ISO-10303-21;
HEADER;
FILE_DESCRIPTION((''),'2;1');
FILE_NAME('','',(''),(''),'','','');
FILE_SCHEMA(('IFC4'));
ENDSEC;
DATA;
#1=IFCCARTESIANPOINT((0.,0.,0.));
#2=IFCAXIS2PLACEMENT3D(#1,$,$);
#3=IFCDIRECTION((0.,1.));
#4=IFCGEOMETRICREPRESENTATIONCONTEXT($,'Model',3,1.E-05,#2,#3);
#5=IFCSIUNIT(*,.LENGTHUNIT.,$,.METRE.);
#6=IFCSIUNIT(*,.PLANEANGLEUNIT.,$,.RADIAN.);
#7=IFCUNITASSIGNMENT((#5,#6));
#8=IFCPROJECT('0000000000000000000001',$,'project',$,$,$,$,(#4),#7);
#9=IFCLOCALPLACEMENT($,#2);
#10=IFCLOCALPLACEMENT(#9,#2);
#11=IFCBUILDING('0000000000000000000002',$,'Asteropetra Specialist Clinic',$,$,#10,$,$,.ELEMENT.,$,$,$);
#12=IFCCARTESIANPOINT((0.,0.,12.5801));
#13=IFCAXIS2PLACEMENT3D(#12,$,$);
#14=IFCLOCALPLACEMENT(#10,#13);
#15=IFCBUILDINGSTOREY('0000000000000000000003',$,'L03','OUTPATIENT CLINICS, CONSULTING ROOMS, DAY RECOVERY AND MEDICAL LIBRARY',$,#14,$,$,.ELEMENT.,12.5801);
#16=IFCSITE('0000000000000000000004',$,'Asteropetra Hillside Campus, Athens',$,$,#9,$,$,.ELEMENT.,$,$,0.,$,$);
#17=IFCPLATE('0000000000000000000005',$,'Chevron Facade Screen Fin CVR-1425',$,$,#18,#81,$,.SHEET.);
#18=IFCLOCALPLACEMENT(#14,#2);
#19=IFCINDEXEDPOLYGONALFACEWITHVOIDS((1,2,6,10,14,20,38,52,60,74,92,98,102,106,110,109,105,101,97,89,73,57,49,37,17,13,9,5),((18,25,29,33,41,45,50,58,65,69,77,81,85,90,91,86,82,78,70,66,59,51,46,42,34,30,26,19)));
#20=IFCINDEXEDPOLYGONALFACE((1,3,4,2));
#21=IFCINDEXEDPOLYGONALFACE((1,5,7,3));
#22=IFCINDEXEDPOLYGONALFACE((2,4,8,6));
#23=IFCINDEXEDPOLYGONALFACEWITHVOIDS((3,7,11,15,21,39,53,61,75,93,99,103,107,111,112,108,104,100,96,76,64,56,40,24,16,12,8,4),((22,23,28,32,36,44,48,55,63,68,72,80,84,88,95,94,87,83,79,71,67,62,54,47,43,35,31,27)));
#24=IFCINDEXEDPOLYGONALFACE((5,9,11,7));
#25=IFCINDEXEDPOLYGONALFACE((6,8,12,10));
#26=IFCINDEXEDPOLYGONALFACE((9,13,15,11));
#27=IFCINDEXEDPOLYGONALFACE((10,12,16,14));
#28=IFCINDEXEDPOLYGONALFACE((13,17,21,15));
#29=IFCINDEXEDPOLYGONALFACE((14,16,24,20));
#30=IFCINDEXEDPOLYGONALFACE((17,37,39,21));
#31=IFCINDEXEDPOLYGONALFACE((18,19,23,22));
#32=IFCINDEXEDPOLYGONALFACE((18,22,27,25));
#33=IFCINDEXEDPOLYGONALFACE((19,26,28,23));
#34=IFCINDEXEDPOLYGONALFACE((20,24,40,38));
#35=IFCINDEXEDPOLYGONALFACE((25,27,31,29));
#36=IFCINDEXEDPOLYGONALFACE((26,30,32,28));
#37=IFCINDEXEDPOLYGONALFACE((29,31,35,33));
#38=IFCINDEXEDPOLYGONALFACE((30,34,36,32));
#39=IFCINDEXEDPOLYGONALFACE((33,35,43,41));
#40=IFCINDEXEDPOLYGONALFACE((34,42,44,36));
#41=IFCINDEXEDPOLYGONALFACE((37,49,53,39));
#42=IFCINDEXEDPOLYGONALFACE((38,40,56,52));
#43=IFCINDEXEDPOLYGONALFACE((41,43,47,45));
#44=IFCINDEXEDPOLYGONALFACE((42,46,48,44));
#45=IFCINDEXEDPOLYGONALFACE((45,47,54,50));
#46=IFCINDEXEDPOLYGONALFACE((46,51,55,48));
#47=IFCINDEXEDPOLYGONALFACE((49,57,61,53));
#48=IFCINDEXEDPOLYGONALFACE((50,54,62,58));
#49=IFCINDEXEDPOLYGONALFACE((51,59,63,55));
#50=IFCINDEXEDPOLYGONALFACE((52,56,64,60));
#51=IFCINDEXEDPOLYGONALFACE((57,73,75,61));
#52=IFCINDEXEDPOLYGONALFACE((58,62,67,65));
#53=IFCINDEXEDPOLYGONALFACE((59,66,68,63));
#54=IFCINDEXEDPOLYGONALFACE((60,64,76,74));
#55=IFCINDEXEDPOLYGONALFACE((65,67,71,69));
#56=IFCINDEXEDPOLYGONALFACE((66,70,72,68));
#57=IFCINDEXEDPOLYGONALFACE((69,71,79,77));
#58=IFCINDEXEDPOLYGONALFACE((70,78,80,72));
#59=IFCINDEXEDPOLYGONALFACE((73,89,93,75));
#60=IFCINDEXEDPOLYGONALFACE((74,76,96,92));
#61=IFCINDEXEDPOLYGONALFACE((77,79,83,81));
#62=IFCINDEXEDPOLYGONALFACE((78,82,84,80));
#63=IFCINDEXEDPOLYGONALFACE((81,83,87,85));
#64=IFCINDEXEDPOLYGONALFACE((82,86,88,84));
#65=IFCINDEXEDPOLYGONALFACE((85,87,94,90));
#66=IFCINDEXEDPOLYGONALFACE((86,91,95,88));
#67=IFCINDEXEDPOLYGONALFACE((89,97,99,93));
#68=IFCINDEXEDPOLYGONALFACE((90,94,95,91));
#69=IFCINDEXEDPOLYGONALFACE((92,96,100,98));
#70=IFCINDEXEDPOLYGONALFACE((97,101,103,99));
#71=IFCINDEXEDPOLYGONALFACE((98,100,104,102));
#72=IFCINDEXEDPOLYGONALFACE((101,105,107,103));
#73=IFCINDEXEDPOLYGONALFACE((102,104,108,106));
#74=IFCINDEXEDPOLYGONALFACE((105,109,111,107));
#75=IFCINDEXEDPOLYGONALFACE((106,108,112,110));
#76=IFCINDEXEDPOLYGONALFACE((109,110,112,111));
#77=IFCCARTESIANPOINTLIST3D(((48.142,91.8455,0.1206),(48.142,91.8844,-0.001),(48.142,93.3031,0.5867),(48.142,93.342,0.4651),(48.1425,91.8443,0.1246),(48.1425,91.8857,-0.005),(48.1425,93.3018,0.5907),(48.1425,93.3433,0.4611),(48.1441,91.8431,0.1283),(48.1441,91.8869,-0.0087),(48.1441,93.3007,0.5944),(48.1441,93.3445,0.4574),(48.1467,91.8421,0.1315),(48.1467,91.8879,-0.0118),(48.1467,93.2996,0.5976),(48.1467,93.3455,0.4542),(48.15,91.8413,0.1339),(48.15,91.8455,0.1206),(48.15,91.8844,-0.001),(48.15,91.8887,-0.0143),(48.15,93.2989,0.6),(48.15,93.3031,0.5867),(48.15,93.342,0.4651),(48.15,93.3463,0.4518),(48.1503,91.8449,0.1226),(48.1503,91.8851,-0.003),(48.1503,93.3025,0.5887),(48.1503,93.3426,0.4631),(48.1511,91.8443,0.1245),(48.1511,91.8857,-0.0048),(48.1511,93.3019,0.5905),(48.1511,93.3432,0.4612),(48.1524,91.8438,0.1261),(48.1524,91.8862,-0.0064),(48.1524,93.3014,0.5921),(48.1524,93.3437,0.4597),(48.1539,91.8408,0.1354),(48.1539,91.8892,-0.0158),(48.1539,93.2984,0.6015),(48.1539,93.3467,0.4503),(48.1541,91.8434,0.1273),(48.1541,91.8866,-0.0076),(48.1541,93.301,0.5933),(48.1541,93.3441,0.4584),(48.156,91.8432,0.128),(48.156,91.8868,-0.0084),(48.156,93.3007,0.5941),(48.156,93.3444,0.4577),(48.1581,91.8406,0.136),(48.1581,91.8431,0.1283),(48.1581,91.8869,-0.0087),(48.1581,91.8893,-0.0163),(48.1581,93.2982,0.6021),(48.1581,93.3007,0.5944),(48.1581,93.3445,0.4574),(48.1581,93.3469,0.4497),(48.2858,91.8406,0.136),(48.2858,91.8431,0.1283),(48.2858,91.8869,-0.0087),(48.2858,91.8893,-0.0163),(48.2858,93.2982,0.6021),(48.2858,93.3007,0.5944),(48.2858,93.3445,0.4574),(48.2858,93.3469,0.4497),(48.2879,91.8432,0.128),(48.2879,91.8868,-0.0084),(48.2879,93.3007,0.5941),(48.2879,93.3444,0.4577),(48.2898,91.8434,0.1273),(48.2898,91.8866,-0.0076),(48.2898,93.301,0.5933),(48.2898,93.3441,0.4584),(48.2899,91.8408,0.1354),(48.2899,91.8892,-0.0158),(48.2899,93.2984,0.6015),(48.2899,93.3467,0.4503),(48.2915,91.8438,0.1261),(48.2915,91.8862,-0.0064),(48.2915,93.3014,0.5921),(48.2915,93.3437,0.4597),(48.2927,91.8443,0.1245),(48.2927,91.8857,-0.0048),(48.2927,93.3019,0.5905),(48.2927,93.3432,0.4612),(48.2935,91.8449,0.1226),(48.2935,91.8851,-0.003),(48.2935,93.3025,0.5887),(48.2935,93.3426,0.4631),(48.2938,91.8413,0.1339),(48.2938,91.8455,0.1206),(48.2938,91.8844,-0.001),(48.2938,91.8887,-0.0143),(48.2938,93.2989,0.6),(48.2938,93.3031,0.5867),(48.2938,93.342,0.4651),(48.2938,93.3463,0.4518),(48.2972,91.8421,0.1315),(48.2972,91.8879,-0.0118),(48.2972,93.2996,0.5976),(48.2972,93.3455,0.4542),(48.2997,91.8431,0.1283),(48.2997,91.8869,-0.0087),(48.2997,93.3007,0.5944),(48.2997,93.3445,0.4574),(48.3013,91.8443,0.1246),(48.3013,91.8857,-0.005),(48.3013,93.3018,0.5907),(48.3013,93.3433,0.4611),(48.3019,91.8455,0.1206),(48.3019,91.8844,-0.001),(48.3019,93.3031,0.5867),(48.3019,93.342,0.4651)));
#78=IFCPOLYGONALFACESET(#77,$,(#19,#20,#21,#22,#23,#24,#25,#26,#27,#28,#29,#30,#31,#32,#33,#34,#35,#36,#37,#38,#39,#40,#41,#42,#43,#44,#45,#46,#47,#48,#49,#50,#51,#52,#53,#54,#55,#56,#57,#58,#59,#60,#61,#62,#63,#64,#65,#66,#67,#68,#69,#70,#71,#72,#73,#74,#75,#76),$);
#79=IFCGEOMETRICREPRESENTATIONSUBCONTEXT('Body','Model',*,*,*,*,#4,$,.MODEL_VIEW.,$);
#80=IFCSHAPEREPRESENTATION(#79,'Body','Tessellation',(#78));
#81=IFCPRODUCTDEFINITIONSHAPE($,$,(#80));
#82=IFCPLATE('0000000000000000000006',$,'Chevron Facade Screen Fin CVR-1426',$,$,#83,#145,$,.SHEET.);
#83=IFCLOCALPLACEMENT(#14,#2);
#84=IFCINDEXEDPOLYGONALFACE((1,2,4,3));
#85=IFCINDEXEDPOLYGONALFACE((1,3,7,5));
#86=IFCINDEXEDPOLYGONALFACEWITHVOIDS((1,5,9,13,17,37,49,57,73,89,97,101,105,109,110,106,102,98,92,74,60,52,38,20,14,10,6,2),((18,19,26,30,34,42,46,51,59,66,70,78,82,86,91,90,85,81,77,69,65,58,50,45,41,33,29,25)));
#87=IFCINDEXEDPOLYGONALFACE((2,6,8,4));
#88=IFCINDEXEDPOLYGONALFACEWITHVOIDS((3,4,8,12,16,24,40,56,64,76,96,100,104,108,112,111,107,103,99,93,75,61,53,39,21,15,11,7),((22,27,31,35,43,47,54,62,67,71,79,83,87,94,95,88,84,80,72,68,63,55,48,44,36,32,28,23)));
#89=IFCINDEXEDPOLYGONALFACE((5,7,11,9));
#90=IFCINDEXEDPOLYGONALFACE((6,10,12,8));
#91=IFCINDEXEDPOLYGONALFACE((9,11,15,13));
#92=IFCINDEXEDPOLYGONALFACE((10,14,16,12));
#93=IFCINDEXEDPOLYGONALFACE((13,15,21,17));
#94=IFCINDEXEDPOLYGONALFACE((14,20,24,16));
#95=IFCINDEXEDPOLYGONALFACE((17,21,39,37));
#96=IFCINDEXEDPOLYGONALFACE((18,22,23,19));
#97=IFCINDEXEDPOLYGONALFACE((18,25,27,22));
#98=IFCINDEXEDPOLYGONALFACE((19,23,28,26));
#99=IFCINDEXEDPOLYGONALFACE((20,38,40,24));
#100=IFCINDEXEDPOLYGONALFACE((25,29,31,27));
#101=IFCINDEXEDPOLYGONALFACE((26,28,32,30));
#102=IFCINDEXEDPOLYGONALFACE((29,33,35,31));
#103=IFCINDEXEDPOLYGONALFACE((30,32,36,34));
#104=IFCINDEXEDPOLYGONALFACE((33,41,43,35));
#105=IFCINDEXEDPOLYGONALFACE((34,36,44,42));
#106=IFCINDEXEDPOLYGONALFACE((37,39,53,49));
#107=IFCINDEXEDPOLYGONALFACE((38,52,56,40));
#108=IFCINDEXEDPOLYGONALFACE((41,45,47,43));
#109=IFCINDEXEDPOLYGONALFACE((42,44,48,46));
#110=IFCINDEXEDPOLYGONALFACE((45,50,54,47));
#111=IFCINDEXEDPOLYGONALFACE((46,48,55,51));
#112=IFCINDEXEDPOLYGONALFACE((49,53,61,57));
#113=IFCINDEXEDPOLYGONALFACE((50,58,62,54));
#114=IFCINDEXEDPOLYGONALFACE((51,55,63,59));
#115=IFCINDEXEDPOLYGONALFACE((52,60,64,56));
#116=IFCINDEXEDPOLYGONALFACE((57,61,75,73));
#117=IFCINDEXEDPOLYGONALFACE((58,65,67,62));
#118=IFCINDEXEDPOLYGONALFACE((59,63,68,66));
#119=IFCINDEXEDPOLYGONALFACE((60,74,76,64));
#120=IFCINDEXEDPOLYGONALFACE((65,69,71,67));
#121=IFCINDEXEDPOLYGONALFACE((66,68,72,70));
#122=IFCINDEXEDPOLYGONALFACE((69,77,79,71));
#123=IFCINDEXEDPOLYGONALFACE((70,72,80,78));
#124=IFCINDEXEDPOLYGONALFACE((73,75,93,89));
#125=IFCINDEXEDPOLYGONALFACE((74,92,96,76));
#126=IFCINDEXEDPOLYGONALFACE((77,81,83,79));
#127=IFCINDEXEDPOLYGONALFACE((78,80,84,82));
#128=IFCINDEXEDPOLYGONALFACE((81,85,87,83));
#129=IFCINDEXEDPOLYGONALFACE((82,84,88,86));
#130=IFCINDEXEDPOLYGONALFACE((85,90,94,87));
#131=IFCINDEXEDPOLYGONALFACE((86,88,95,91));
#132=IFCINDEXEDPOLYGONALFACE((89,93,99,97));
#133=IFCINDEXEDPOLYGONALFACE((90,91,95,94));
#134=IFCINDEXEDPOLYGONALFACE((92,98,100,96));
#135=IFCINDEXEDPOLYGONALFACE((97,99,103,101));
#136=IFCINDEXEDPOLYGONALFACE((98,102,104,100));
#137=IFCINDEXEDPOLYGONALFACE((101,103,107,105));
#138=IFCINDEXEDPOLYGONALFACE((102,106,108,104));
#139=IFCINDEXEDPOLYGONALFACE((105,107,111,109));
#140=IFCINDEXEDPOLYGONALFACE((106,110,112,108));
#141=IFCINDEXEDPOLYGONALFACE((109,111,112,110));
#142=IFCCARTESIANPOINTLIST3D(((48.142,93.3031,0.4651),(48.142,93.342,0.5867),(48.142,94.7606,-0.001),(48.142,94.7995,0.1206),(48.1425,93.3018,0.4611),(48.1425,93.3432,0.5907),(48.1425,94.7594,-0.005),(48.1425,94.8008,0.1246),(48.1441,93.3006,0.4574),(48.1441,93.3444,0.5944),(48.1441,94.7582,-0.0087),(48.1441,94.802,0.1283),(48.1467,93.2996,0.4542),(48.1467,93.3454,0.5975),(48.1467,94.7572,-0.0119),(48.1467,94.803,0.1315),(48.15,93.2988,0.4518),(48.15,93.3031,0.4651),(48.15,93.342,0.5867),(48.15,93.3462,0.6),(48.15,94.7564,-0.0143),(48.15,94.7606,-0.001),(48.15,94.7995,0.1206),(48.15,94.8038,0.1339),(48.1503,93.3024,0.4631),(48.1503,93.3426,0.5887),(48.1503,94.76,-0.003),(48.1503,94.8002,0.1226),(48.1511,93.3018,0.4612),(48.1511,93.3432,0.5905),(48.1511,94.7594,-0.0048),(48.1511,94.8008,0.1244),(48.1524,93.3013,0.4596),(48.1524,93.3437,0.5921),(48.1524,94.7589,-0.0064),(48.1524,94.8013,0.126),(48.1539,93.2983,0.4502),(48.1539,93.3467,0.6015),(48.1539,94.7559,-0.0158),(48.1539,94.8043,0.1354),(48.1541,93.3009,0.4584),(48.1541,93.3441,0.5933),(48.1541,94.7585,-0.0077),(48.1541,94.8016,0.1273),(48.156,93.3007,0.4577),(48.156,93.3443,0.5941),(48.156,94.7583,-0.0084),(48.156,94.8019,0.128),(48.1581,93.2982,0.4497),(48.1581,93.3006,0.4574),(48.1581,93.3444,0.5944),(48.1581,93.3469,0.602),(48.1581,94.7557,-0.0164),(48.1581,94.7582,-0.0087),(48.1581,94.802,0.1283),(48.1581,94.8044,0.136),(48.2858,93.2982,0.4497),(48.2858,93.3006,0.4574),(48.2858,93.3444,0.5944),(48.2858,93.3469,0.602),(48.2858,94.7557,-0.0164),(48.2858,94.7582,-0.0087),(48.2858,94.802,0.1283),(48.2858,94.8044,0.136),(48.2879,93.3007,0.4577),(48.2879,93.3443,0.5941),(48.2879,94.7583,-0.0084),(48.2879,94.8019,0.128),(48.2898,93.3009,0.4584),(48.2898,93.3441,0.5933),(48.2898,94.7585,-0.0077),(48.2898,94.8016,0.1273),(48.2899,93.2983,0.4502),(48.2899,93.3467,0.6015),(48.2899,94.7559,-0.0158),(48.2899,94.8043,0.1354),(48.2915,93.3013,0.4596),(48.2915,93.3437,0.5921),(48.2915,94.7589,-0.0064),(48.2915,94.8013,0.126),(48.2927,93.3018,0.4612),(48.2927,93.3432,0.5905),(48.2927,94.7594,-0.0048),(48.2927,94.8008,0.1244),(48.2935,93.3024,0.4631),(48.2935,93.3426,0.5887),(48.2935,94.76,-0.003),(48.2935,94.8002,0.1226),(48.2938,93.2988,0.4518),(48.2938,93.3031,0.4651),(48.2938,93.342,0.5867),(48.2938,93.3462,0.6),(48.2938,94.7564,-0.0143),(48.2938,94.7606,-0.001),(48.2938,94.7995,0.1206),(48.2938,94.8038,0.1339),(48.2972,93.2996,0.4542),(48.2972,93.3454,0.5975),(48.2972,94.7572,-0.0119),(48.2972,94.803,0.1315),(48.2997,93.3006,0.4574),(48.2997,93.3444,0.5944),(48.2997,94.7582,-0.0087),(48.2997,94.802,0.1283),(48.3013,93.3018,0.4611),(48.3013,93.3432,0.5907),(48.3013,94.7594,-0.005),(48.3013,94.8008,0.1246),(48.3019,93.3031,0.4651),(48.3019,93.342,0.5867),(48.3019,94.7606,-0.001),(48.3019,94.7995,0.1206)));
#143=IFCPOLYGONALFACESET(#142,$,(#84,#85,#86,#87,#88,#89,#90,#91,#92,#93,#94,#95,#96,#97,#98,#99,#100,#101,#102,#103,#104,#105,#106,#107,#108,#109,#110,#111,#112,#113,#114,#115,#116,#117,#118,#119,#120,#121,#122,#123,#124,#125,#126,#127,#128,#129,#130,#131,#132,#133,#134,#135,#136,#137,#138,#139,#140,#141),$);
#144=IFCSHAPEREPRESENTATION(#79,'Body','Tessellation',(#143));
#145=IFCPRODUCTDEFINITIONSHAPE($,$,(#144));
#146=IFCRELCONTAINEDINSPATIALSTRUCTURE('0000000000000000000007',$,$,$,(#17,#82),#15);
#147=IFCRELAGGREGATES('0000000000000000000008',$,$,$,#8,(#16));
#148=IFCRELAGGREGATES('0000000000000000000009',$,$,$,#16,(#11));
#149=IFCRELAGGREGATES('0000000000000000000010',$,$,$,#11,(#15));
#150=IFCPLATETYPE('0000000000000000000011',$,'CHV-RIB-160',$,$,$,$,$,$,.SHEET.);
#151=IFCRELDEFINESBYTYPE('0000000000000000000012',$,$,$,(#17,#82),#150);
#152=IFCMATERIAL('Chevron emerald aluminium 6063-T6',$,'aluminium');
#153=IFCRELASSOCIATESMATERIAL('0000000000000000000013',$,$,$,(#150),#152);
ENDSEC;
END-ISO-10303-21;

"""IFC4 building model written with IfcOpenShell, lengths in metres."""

from ifc_helpers import new_model, si_unit, direction, frame, origin, origin_2d, place, context, subcontext, project, spatial, hollow_rectangle, extrude, material, material_profile, profile_set, type_object, element, save


model = new_model("IFC4")

# Units and contexts
model_context = context("Model", 3, precision=1e-05, world=origin(), true_north=direction((0.0, 1.0)))
body_context = subcontext(model_context, "Body", "Model", "MODEL_VIEW")
ifc_project = project(units=[si_unit("LENGTHUNIT", "METRE"), si_unit("PLANEANGLEUNIT", "RADIAN")], contexts=[model_context])

# Site, building, storey
site_placement = place(None, origin())
site = spatial("IfcSite", under=ifc_project, at=site_placement, Name="Asteropetra Hillside Campus, Athens", CompositionType="ELEMENT", RefElevation=0.0)
building_placement = place(site_placement, origin())
building = spatial("IfcBuilding", under=site, at=building_placement, Name="Asteropetra Specialist Clinic", CompositionType="ELEMENT")
storey_placement = place(building_placement, frame((0.0, 0.0, 12.5801)))
storey = spatial("IfcBuildingStorey", under=building, at=storey_placement, Name="L03", Description="OUTPATIENT CLINICS, CONSULTING ROOMS, DAY RECOVERY AND MEDICAL LIBRARY", CompositionType="ELEMENT", Elevation=12.5801)

# Plates
ifc_material_1 = material(Name="Chevron emerald aluminium 6063-T6", Category="aluminium")
ifc_material_profile_1 = material_profile(ifc_material_1, hollow_rectangle(XDim=0.1599, YDim=0.1599, WallThickness=0.0081, InnerFilletRadius=0.0081, OuterFilletRadius=0.0161, at=origin_2d()), Name="SHS 160x160x8.0")
ifc_profile_set_1 = profile_set([ifc_material_profile_1], Name="Chevron emerald aluminium 6063-T6")
plate_type_1 = type_object("IfcPlateType", Name="CHV-RIB-160", PredefinedType="SHEET", material=ifc_profile_set_1)
for number, where, z_axis, x_axis, name in (
    (1, (48.2219, 91.865, 0.0598), (0.0, 0.952489, 0.304573), (-1.0, 0.0, 0.0), "Chevron Facade Screen Fin CVR-1425"),
    (2, (48.2219, 93.3225, 0.5259), (0.0, 0.952489, -0.304573), (-1.0, 0.0, 0.0), "Chevron Facade Screen Fin CVR-1426"),
):
    element("IfcPlate", number, at=place(storey_placement, frame(where, z_axis=z_axis, x_axis=x_axis)), inside=storey, type_object=plate_type_1, Name=name, PredefinedType="SHEET", context=body_context, shape_type="SweptSolid", body=[
        extrude(hollow_rectangle(XDim=0.1599, YDim=0.1599, WallThickness=0.0081, InnerFilletRadius=0.0081, OuterFilletRadius=0.0161, at=origin_2d()), origin(), (0.0, 0.0, 1.0), 1.5303),
    ])

save(model, "model.ifc")
